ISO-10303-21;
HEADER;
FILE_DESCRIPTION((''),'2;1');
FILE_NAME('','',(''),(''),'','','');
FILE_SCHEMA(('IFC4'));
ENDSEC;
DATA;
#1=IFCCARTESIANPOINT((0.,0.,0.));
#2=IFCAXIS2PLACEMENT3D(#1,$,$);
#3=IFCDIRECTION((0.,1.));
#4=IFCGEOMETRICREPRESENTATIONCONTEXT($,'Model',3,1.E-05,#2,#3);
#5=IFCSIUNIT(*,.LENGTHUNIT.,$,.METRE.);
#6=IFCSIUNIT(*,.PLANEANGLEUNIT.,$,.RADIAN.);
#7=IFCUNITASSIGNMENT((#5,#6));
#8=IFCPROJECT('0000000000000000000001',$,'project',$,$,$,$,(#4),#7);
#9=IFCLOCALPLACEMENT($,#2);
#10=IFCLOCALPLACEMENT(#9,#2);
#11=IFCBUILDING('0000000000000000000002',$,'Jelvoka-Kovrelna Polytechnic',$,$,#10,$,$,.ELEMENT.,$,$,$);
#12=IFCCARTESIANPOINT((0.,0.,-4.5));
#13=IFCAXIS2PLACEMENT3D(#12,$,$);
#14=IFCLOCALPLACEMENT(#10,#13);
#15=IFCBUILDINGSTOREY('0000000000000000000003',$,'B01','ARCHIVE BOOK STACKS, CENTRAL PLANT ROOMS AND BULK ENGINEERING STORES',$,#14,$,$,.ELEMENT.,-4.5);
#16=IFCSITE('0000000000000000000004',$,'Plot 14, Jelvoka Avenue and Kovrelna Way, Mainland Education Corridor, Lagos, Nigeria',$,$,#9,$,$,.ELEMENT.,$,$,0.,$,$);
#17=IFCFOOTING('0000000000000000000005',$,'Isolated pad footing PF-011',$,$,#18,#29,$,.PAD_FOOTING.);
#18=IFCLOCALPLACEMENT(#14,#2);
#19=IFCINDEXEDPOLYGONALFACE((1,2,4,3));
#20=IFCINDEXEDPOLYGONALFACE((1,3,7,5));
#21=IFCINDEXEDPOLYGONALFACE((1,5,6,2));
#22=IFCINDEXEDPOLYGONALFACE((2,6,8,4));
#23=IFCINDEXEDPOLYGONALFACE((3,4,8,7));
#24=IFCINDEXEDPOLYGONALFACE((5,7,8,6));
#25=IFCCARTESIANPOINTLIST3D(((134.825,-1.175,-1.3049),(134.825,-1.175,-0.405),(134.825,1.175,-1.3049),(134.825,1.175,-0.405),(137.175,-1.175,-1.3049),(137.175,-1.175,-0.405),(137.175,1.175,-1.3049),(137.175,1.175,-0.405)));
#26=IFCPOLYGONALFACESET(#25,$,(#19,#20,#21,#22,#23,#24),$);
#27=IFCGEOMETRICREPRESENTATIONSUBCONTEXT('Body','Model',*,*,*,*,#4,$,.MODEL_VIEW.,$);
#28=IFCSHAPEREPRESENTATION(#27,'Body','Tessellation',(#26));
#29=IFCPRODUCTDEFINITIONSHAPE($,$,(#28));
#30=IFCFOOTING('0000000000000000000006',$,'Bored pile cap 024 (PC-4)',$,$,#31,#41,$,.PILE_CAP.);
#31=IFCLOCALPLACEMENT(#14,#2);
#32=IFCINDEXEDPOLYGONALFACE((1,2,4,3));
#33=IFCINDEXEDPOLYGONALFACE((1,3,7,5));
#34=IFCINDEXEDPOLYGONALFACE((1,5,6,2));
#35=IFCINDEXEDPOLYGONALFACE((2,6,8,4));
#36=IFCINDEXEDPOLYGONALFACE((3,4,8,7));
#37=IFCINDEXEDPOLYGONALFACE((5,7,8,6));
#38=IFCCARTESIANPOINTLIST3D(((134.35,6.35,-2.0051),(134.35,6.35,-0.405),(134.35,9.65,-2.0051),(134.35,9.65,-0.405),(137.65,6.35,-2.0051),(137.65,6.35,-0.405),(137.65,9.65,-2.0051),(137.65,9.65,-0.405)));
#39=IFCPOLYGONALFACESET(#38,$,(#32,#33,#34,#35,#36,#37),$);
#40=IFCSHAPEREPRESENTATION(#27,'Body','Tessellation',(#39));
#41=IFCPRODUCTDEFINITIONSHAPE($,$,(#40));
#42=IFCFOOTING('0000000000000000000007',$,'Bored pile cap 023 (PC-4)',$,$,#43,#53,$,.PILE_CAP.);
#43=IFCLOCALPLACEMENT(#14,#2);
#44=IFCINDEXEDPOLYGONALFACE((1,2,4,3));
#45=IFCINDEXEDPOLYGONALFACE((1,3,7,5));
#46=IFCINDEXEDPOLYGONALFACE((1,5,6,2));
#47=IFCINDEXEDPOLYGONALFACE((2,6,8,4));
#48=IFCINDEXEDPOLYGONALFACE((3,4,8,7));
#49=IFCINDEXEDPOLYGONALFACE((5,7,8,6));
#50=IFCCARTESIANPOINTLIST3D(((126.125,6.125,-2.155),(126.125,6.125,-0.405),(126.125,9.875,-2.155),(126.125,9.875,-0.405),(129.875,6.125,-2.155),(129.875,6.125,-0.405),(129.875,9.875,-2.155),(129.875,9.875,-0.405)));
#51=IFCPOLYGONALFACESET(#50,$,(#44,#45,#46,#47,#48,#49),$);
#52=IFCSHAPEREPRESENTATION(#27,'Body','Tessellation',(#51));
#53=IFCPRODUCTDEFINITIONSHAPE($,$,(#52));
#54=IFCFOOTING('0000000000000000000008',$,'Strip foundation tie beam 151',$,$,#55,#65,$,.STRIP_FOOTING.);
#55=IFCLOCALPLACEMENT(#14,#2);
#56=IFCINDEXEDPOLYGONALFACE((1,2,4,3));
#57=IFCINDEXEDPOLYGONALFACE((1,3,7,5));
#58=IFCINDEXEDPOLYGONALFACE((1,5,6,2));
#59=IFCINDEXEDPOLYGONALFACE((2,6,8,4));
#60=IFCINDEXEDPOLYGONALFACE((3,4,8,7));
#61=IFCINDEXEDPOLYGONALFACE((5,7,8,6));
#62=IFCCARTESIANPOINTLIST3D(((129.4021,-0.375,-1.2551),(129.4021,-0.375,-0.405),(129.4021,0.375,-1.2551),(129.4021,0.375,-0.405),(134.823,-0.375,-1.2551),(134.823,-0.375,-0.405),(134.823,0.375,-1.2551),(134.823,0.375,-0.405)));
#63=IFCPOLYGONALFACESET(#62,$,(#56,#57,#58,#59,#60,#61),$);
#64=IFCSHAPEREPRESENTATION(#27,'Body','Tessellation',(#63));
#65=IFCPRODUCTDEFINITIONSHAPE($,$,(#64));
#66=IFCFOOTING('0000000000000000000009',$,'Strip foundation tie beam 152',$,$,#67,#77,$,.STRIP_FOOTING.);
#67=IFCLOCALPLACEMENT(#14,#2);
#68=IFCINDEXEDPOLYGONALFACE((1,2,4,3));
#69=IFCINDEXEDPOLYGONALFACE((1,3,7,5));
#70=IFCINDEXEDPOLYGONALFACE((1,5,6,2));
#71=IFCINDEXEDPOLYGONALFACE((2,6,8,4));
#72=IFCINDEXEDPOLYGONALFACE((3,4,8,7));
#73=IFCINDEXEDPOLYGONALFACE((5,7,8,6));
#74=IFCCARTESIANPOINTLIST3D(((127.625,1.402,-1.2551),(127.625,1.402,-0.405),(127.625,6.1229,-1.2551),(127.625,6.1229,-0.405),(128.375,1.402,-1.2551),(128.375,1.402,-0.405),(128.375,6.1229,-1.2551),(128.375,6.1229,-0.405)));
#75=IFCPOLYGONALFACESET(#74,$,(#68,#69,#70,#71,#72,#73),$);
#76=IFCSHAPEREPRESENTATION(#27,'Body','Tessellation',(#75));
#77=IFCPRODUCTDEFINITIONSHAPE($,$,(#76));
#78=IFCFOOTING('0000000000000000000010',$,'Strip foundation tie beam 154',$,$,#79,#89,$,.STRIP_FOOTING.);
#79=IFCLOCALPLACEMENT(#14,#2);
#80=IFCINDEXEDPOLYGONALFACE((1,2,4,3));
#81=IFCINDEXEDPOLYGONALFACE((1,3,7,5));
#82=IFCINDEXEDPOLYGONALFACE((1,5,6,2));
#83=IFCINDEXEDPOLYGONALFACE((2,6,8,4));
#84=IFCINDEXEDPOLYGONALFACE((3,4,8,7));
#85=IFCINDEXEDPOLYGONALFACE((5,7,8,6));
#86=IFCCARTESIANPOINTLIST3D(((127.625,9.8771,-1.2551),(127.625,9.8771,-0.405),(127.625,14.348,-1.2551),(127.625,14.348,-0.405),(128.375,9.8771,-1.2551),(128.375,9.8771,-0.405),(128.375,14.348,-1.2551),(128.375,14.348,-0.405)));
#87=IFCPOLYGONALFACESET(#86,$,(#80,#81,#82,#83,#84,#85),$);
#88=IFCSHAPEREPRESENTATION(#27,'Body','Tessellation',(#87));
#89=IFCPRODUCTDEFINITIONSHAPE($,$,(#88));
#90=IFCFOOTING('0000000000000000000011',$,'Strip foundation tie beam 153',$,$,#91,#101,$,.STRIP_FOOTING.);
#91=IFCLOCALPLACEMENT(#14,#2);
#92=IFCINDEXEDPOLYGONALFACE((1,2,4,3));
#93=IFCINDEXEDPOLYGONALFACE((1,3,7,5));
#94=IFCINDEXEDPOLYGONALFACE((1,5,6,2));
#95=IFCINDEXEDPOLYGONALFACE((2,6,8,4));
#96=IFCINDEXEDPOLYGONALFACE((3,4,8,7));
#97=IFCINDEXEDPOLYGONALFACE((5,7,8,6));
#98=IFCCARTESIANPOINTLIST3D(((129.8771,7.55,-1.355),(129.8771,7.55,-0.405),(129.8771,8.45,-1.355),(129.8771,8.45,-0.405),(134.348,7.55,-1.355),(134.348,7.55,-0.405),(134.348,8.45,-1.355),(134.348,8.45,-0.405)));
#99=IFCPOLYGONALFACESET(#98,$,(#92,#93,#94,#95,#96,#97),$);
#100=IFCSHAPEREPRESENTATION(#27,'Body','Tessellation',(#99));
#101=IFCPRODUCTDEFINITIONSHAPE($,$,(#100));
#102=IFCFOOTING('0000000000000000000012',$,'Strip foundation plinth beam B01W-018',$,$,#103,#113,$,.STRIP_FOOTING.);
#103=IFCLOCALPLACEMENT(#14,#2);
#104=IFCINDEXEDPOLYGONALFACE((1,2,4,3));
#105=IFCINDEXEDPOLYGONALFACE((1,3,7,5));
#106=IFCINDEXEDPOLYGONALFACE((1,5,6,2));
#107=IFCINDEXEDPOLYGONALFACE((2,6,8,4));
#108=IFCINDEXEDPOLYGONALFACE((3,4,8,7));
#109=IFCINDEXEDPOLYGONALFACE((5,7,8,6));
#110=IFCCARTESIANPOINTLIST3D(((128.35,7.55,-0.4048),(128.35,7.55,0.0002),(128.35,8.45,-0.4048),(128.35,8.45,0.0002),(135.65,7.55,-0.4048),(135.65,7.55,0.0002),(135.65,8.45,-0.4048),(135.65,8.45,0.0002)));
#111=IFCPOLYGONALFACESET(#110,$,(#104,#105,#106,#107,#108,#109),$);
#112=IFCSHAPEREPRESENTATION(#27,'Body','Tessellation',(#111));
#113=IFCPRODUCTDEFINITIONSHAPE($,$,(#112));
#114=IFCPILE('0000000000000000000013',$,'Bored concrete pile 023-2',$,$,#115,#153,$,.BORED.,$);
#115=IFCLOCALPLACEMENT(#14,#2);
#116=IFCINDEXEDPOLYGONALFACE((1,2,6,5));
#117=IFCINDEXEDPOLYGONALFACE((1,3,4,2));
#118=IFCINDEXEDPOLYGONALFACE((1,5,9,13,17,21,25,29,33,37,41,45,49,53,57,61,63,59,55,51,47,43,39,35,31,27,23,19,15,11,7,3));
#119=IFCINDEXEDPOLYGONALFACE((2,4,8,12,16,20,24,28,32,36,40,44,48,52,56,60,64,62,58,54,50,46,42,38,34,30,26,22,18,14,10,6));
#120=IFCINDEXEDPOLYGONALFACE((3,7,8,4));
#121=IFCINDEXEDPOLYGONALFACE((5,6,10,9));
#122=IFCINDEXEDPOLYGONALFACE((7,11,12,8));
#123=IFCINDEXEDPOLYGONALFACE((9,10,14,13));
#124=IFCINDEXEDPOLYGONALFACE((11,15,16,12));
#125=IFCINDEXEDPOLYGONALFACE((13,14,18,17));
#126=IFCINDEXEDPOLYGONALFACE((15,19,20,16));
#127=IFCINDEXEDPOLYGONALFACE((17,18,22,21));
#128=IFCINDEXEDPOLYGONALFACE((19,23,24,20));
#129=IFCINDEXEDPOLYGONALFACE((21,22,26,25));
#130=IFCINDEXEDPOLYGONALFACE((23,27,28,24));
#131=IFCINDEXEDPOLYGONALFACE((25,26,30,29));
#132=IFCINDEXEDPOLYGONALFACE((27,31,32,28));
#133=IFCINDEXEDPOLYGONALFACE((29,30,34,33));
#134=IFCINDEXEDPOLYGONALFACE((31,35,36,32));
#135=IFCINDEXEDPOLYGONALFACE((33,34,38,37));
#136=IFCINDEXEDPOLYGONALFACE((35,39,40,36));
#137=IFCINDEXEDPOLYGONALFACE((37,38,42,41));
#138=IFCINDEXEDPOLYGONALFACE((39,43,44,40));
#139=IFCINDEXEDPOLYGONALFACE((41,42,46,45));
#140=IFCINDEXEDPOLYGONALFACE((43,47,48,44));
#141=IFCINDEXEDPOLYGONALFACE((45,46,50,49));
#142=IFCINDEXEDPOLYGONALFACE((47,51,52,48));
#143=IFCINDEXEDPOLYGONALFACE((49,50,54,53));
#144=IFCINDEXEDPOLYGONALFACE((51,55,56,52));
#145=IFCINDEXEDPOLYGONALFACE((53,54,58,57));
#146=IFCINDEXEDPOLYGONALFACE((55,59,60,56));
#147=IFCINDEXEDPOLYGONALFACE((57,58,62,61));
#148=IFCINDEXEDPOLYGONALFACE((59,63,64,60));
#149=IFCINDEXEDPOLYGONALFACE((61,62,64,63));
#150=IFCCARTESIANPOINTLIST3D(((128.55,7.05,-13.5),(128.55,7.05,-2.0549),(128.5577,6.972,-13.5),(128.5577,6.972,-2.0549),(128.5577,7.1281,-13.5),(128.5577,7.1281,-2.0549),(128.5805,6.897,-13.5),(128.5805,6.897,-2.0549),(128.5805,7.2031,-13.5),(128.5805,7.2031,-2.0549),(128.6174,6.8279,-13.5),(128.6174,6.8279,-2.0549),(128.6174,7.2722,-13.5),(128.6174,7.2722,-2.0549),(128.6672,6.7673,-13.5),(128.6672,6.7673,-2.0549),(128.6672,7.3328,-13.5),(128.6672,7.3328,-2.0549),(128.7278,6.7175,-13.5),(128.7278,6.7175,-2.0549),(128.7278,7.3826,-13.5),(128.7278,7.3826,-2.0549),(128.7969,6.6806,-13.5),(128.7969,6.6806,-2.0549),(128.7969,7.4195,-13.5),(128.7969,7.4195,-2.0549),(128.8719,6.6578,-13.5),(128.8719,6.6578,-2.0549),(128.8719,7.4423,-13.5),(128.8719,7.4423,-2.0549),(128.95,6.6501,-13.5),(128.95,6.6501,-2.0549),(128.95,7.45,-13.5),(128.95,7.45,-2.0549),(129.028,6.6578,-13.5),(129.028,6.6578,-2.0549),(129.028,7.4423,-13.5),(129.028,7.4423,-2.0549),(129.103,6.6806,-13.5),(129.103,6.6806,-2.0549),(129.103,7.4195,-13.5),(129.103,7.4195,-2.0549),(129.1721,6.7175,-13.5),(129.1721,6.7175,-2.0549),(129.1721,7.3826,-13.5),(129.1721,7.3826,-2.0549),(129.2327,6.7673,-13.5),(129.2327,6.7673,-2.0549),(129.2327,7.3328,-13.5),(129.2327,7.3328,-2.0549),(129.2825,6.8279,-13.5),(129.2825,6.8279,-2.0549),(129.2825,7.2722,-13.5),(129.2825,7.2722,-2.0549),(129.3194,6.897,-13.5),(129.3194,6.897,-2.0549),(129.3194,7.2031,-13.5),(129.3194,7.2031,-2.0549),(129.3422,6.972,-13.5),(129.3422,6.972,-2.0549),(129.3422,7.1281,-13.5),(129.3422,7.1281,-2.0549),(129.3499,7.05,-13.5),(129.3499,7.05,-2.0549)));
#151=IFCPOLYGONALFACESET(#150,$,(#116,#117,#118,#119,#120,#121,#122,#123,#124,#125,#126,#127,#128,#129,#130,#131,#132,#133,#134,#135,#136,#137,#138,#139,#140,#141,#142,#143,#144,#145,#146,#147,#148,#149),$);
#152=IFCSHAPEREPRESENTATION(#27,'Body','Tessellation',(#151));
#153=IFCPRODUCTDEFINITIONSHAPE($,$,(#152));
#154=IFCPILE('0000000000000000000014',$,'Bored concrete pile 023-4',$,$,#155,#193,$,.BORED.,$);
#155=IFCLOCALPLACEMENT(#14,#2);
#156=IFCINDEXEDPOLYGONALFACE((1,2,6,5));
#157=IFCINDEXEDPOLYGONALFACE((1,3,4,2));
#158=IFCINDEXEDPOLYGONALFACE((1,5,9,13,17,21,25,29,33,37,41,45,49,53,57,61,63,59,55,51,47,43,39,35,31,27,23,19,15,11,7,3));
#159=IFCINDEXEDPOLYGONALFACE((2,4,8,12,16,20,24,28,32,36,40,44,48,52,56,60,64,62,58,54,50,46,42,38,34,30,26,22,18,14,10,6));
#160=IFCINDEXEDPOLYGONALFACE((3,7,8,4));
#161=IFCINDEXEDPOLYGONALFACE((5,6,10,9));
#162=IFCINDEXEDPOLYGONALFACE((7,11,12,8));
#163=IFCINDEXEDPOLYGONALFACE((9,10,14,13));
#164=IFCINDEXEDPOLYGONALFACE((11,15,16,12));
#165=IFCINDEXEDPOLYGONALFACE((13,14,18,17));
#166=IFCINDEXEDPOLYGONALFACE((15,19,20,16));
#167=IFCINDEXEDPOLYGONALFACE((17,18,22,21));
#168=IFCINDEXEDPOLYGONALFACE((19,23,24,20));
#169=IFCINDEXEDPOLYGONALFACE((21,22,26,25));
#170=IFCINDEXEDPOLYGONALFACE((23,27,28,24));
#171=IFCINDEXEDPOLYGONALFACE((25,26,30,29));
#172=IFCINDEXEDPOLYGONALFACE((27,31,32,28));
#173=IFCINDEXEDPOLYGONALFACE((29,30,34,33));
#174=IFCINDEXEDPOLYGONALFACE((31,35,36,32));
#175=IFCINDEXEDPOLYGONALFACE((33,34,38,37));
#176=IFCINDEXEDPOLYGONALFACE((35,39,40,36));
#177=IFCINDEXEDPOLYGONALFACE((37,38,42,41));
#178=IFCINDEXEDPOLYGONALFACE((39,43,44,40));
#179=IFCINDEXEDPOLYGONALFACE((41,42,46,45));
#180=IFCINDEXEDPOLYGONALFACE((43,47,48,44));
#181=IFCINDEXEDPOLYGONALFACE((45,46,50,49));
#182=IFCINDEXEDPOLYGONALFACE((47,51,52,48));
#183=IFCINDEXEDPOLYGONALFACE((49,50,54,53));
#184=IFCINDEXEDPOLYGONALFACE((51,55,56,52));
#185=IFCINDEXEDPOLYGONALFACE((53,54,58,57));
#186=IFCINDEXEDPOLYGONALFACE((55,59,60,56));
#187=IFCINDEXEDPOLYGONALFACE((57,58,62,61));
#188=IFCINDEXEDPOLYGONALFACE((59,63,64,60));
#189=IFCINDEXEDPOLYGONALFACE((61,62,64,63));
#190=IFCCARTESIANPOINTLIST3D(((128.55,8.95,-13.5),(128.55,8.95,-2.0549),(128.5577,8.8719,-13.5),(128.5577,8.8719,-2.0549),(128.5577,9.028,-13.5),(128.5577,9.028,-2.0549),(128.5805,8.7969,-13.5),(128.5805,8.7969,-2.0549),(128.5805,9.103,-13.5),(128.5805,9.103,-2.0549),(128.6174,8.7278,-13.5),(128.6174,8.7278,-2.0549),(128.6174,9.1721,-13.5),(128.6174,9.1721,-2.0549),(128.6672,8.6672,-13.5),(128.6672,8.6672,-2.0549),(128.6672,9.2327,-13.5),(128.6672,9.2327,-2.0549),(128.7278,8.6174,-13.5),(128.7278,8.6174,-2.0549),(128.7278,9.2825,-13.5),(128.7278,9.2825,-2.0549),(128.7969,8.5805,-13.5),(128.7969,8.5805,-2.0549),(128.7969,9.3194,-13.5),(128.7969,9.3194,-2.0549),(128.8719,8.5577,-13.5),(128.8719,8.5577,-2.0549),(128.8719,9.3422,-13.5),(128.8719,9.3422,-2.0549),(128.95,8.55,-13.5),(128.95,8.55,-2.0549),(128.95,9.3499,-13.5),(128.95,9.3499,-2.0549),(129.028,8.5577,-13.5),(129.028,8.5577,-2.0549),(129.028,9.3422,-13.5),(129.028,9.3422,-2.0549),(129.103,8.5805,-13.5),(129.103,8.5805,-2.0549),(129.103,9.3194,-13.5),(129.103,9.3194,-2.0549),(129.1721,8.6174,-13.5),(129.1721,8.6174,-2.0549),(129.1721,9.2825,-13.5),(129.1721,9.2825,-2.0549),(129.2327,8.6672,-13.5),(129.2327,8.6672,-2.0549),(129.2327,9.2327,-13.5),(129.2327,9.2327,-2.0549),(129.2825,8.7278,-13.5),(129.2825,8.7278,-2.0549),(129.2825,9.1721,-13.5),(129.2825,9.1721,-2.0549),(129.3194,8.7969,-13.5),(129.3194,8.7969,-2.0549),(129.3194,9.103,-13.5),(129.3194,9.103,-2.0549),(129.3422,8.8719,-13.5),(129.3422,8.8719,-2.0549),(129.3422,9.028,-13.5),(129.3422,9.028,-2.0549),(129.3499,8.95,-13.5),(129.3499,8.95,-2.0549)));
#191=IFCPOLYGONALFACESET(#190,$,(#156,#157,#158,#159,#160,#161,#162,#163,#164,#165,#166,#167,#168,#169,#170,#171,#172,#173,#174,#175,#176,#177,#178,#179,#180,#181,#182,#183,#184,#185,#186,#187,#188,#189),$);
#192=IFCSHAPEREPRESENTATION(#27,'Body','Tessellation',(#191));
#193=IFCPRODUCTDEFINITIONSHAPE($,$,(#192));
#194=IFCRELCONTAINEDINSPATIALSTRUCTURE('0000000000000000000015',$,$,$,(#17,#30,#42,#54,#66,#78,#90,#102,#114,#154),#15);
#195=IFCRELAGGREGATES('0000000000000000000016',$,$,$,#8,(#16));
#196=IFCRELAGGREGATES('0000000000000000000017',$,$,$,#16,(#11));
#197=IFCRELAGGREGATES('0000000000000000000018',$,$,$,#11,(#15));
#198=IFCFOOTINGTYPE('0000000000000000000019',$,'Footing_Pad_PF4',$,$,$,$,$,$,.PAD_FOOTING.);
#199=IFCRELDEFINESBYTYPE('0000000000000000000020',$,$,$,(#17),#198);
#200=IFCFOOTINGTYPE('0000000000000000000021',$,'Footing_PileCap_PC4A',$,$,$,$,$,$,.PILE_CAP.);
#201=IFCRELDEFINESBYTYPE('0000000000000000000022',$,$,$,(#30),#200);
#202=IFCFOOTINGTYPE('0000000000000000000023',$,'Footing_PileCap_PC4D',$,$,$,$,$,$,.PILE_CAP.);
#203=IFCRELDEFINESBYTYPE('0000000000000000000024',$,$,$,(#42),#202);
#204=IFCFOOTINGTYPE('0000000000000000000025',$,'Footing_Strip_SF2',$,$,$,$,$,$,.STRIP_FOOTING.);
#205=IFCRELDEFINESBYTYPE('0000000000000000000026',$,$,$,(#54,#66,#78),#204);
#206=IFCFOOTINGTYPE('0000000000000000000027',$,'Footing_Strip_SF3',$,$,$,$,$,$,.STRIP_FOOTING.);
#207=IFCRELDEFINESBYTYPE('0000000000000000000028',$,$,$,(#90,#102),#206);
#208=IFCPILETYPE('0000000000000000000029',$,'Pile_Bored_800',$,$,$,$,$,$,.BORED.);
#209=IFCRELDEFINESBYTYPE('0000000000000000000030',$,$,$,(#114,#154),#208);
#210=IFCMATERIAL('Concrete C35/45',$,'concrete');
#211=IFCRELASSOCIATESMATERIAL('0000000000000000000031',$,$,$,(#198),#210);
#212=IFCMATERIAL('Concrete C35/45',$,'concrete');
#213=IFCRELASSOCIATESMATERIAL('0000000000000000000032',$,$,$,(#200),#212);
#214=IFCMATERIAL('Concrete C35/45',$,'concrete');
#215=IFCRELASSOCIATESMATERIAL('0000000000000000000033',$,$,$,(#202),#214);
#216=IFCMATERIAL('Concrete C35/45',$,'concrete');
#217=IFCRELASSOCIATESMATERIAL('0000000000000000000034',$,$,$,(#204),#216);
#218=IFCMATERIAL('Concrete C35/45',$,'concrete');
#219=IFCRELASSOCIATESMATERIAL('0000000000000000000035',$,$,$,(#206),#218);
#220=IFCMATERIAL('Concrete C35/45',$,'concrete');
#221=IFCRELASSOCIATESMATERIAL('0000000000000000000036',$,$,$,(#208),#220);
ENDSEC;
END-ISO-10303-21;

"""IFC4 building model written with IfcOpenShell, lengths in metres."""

from ifc_helpers import new_model, si_unit, direction, frame, origin, origin_2d, place, context, subcontext, project, spatial, rectangle, circle, extrude, material, material_profile, profile_set, type_object, element, save


model = new_model("IFC4")

# Units and contexts
model_context = context("Model", 3, precision=1e-05, world=origin(), true_north=direction((0.0, 1.0)))
body_context = subcontext(model_context, "Body", "Model", "MODEL_VIEW")
ifc_project = project(units=[si_unit("LENGTHUNIT", "METRE"), si_unit("PLANEANGLEUNIT", "RADIAN")], contexts=[model_context])

# Site, building, storey
site_placement = place(None, origin())
site = spatial("IfcSite", under=ifc_project, at=site_placement, Name="Plot 14, Jelvoka Avenue and Kovrelna Way, Mainland Education Corridor, Lagos, Nigeria", CompositionType="ELEMENT", RefElevation=0.0)
building_placement = place(site_placement, origin())
building = spatial("IfcBuilding", under=site, at=building_placement, Name="Jelvoka-Kovrelna Polytechnic", CompositionType="ELEMENT")
storey_placement = place(building_placement, frame((0.0, 0.0, -4.5)))
storey = spatial("IfcBuildingStorey", under=building, at=storey_placement, Name="B01", Description="ARCHIVE BOOK STACKS, CENTRAL PLANT ROOMS AND BULK ENGINEERING STORES", CompositionType="ELEMENT", Elevation=-4.5)

# Footings
ifc_material_1 = material(Name="Concrete C35/45", Category="concrete")
footing_type_1 = type_object("IfcFootingType", Name="Footing_Pad_PF4", PredefinedType="PAD_FOOTING", material=ifc_material_1)
footing_1_placement = place(storey_placement, frame((136.0, 0.0, -1.3049), z_axis=(0.0, 0.0, 1.0), x_axis=(1.0, 0.0, 0.0)))
element("IfcFooting", 1, at=footing_1_placement, inside=storey, type_object=footing_type_1, Name="Isolated pad footing PF-011", PredefinedType="PAD_FOOTING", context=body_context, shape_type="SweptSolid", body=[
    extrude(rectangle(XDim=2.3501, YDim=2.3501, at=origin_2d()), origin(), (0.0, 0.0, 1.0), 0.8999),
])
ifc_material_2 = material(Name="Concrete C35/45", Category="concrete")
footing_type_2 = type_object("IfcFootingType", Name="Footing_PileCap_PC4A", PredefinedType="PILE_CAP", material=ifc_material_2)
footing_2_placement = place(storey_placement, frame((136.0, 8.0, -2.0051), z_axis=(0.0, 0.0, 1.0), x_axis=(1.0, 0.0, 0.0)))
element("IfcFooting", 2, at=footing_2_placement, inside=storey, type_object=footing_type_2, Name="Bored pile cap 024 (PC-4)", PredefinedType="PILE_CAP", context=body_context, shape_type="SweptSolid", body=[
    extrude(rectangle(XDim=3.3, YDim=3.3, at=origin_2d()), origin(), (0.0, 0.0, 1.0), 1.6001),
])
ifc_material_3 = material(Name="Concrete C35/45", Category="concrete")
footing_type_3 = type_object("IfcFootingType", Name="Footing_PileCap_PC4D", PredefinedType="PILE_CAP", material=ifc_material_3)
footing_3_placement = place(storey_placement, frame((128.0, 8.0, -2.155), z_axis=(0.0, 0.0, 1.0), x_axis=(1.0, 0.0, 0.0)))
element("IfcFooting", 3, at=footing_3_placement, inside=storey, type_object=footing_type_3, Name="Bored pile cap 023 (PC-4)", PredefinedType="PILE_CAP", context=body_context, shape_type="SweptSolid", body=[
    extrude(rectangle(XDim=3.75, YDim=3.75, at=origin_2d()), origin(), (0.0, 0.0, 1.0), 1.75),
])
ifc_material_4 = material(Name="Concrete C35/45", Category="concrete")
footing_type_4 = type_object("IfcFootingType", Name="Footing_Strip_SF2", PredefinedType="STRIP_FOOTING", material=ifc_material_4)
footing_4_placement = place(storey_placement, frame((132.1125, 0.0, -1.2551), z_axis=(0.0, 0.0, 1.0), x_axis=(1.0, 0.0, 0.0)))
element("IfcFooting", 4, at=footing_4_placement, inside=storey, type_object=footing_type_4, Name="Strip foundation tie beam 151", PredefinedType="STRIP_FOOTING", context=body_context, shape_type="SweptSolid", body=[
    extrude(rectangle(XDim=5.4209, YDim=0.75, at=origin_2d()), origin(), (0.0, 0.0, 1.0), 0.8501),
])
footing_5_placement = place(storey_placement, frame((128.0, 3.7625, -1.2551), z_axis=(0.0, 0.0, 1.0), x_axis=(0.0, 1.0, 0.0)))
element("IfcFooting", 5, at=footing_5_placement, inside=storey, type_object=footing_type_4, Name="Strip foundation tie beam 152", PredefinedType="STRIP_FOOTING", context=body_context, shape_type="SweptSolid", body=[
    extrude(rectangle(XDim=4.7209, YDim=0.75, at=origin_2d()), origin(), (0.0, 0.0, 1.0), 0.8501),
])
footing_6_placement = place(storey_placement, frame((128.0, 12.1125, -1.2551), z_axis=(0.0, 0.0, 1.0), x_axis=(0.0, 1.0, 0.0)))
element("IfcFooting", 6, at=footing_6_placement, inside=storey, type_object=footing_type_4, Name="Strip foundation tie beam 154", PredefinedType="STRIP_FOOTING", context=body_context, shape_type="SweptSolid", body=[
    extrude(rectangle(XDim=4.4709, YDim=0.75, at=origin_2d()), origin(), (0.0, 0.0, 1.0), 0.8501),
])
ifc_material_5 = material(Name="Concrete C35/45", Category="concrete")
footing_type_5 = type_object("IfcFootingType", Name="Footing_Strip_SF3", PredefinedType="STRIP_FOOTING", material=ifc_material_5)
footing_7_placement = place(storey_placement, frame((132.1125, 8.0, -1.355), z_axis=(0.0, 0.0, 1.0), x_axis=(1.0, 0.0, 0.0)))
element("IfcFooting", 7, at=footing_7_placement, inside=storey, type_object=footing_type_5, Name="Strip foundation tie beam 153", PredefinedType="STRIP_FOOTING", context=body_context, shape_type="SweptSolid", body=[
    extrude(rectangle(XDim=4.4709, YDim=0.8999, at=origin_2d()), origin(), (0.0, 0.0, 1.0), 0.95),
])
footing_8_placement = place(storey_placement, frame((132.0, 8.0, -0.4048), z_axis=(0.0, 0.0, 1.0), x_axis=(1.0, 0.0, 0.0)))
element("IfcFooting", 8, at=footing_8_placement, inside=storey, type_object=footing_type_5, Name="Strip foundation plinth beam B01W-018", PredefinedType="STRIP_FOOTING", context=body_context, shape_type="SweptSolid", body=[
    extrude(rectangle(XDim=7.3, YDim=0.8999, at=origin_2d()), origin(), (0.0, 0.0, 1.0), 0.405),
])

# Piles
ifc_material_6 = material(Name="Concrete C35/45", Category="concrete")
ifc_material_profile_1 = material_profile(ifc_material_6, circle(Radius=0.3999, at=origin_2d()), Name="PILE D800")
ifc_profile_set_1 = profile_set([ifc_material_profile_1], Name="Concrete C35/45")
pile_type = type_object("IfcPileType", Name="Pile_Bored_800", PredefinedType="BORED", material=ifc_profile_set_1)
for number, where, z_axis, x_axis, name in (
    (9, (128.95, 7.05, -2.0549), (0.0, 0.0, -1.0), (1.0, 0.0, 0.0), "Bored concrete pile 023-2"),
    (10, (128.95, 8.95, -2.0549), (0.0, 0.0, -1.0), (1.0, 0.0, 0.0), "Bored concrete pile 023-4"),
):
    element("IfcPile", number, at=place(storey_placement, frame(where, z_axis=z_axis, x_axis=x_axis)), inside=storey, type_object=pile_type, Name=name, PredefinedType="BORED", context=body_context, shape_type="SweptSolid", body=[
        extrude(circle(Radius=0.3999, at=origin_2d()), origin(), (0.0, 0.0, 1.0), 11.4451),
    ])

save(model, "model.ifc")
